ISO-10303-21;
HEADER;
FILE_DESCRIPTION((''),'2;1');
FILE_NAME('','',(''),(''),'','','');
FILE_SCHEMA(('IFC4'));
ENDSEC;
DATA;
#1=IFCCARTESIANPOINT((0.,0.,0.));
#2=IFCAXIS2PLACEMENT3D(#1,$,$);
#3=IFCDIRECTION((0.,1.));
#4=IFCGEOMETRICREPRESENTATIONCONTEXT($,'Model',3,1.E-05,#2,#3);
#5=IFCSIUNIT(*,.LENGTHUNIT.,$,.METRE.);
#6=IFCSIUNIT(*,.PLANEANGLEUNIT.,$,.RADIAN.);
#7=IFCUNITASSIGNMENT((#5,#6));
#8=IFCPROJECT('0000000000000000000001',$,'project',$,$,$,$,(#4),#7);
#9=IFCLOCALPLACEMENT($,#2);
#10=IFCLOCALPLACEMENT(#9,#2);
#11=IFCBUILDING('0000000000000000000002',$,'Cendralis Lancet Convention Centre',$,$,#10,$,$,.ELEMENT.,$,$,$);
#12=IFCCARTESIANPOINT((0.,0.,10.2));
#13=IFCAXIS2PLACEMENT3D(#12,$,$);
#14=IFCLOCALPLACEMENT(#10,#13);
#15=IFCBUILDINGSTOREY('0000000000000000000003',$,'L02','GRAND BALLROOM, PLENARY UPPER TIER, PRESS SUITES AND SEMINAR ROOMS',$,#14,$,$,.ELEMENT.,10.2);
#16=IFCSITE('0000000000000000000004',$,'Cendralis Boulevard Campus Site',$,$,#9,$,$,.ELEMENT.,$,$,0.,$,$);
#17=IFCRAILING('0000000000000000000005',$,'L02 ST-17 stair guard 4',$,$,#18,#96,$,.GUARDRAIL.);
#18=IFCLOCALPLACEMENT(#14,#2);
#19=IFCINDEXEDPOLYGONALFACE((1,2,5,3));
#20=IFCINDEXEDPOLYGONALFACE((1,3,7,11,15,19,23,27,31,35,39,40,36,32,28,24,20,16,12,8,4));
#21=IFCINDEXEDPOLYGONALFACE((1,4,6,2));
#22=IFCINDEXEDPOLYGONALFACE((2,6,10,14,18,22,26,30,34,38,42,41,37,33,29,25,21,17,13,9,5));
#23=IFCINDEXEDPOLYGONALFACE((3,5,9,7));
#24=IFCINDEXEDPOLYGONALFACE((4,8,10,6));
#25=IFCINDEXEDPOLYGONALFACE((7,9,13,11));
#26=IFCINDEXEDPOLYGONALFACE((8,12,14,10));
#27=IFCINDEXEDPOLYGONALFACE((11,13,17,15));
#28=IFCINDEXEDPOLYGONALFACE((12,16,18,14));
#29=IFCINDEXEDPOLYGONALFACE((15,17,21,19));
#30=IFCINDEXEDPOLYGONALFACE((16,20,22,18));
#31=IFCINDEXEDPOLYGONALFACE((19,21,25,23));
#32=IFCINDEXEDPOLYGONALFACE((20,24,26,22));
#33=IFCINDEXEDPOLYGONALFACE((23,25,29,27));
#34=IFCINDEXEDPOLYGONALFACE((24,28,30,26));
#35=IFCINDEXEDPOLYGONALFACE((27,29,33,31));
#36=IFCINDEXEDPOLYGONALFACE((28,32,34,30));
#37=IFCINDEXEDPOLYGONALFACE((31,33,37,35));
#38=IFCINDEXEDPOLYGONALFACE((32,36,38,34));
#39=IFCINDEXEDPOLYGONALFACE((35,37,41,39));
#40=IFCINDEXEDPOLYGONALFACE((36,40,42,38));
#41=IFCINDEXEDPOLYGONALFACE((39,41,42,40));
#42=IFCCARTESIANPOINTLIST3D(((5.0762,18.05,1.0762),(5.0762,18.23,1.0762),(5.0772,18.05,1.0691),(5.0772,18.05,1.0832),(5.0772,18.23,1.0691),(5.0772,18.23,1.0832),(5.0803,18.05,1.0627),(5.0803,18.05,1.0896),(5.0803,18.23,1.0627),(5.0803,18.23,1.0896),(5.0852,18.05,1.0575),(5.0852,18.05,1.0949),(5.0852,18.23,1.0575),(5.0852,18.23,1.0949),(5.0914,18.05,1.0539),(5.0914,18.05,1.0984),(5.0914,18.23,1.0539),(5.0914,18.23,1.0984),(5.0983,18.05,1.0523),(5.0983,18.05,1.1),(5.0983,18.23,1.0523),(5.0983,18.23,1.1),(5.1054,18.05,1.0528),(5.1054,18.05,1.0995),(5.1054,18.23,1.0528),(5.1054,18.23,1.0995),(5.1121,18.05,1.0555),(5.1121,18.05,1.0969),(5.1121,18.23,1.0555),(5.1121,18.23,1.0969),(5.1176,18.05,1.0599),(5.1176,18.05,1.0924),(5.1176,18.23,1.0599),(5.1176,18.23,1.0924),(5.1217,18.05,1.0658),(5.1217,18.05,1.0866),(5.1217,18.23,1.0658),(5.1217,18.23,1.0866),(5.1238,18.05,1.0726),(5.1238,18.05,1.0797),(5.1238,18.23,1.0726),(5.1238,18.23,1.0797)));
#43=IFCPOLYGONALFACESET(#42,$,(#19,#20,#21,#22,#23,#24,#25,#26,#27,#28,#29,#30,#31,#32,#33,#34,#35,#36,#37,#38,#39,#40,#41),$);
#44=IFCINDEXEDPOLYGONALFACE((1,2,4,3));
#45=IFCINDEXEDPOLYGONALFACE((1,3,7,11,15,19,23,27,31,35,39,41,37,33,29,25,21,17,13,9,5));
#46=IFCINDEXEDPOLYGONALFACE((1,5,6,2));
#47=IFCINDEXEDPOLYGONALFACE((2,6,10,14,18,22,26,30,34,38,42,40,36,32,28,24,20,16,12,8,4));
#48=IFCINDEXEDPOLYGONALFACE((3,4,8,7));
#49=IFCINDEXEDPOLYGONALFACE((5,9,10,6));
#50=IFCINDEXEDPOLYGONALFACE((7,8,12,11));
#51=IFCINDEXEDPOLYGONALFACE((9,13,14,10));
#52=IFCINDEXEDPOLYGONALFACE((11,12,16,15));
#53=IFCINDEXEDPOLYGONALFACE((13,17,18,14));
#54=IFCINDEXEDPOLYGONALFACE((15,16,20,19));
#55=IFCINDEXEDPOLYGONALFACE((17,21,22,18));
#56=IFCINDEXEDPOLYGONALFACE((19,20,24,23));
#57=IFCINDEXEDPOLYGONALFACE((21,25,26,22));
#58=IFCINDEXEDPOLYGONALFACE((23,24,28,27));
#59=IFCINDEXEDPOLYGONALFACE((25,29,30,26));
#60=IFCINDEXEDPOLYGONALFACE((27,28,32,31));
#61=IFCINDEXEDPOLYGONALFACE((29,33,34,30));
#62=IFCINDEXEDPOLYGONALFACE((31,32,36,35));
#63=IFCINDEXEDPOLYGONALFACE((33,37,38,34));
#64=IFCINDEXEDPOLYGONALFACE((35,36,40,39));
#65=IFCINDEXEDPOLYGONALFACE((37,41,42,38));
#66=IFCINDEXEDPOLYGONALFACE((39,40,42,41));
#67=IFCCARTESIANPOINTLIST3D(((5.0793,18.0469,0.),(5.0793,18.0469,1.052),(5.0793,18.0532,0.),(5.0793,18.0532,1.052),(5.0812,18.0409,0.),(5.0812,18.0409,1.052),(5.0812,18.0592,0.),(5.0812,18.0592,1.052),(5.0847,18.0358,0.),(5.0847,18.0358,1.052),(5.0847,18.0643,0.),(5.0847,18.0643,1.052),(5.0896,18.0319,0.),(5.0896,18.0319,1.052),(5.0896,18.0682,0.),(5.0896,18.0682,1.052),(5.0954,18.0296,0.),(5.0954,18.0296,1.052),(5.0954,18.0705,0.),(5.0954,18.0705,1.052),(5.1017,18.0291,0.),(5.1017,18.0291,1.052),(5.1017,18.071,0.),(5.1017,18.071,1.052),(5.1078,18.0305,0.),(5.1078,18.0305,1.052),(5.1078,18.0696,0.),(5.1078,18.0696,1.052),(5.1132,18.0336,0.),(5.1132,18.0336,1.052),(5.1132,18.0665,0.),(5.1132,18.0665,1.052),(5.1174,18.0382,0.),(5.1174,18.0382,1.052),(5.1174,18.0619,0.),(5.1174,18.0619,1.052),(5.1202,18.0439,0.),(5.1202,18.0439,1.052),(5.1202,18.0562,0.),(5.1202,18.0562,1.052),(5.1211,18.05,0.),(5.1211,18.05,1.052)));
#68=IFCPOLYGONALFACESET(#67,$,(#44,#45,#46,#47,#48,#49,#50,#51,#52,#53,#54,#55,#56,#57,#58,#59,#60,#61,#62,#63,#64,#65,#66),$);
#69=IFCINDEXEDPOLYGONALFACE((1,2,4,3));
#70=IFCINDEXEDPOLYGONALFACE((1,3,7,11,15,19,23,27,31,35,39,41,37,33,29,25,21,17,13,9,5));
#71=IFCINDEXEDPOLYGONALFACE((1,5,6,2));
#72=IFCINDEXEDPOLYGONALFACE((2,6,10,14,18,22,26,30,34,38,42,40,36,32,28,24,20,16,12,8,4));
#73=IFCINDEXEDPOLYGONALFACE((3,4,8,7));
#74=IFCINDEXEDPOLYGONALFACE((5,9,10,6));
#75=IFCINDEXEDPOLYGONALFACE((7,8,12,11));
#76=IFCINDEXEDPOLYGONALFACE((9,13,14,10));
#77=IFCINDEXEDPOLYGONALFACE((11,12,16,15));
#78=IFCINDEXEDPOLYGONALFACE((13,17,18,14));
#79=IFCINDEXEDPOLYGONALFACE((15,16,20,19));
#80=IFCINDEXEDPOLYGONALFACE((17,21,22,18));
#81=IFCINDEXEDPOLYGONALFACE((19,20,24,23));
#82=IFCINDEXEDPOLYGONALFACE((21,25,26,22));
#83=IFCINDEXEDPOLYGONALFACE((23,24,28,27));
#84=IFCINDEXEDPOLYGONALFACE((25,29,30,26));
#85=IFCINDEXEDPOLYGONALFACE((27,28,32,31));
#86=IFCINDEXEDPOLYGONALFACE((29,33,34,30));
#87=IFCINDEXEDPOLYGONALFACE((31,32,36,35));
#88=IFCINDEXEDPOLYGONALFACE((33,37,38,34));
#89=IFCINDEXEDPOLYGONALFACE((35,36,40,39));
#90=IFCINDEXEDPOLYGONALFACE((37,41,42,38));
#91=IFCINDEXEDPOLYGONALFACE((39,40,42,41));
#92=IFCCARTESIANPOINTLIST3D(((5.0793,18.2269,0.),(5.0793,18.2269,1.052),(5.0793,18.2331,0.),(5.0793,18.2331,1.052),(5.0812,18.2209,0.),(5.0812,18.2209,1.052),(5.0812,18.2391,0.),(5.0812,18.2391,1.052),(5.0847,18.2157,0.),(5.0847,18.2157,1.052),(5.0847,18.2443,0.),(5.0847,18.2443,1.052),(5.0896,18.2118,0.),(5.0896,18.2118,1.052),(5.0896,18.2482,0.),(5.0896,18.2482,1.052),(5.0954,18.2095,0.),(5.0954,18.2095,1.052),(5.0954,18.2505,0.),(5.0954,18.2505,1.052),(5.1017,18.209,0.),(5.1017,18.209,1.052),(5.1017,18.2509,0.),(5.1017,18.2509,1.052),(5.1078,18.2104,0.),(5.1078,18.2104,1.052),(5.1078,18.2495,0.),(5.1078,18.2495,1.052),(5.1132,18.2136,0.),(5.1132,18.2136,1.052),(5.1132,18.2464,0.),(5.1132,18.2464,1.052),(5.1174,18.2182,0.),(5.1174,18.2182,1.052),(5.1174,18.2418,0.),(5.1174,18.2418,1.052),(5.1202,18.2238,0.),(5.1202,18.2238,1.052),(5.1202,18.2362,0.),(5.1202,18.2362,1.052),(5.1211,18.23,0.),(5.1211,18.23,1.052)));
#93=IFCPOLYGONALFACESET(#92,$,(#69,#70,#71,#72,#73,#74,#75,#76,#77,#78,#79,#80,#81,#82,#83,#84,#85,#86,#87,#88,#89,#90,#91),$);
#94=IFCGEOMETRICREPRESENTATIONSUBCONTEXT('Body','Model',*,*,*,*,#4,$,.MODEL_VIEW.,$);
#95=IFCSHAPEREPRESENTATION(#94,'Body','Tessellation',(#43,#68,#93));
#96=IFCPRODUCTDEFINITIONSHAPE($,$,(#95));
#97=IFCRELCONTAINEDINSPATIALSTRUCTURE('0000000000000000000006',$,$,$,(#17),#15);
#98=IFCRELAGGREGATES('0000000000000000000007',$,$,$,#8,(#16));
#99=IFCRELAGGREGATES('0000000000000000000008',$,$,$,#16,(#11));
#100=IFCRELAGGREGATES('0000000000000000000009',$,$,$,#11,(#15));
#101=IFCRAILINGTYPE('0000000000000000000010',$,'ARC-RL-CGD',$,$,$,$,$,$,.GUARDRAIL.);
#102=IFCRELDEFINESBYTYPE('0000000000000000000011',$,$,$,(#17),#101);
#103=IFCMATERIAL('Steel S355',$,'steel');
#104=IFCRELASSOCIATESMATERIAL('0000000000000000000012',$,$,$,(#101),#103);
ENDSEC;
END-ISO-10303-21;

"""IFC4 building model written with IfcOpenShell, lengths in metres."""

from ifc_helpers import new_model, si_unit, direction, frame, origin, origin_2d, place, context, subcontext, project, spatial, circle, extrude, material, type_object, element, save


model = new_model("IFC4")

# Units and contexts
model_context = context("Model", 3, precision=1e-05, world=origin(), true_north=direction((0.0, 1.0)))
body_context = subcontext(model_context, "Body", "Model", "MODEL_VIEW")
ifc_project = project(units=[si_unit("LENGTHUNIT", "METRE"), si_unit("PLANEANGLEUNIT", "RADIAN")], contexts=[model_context])

# Site, building, storey
site_placement = place(None, origin())
site = spatial("IfcSite", under=ifc_project, at=site_placement, Name="Cendralis Boulevard Campus Site", CompositionType="ELEMENT", RefElevation=0.0)
building_placement = place(site_placement, origin())
building = spatial("IfcBuilding", under=site, at=building_placement, Name="Cendralis Lancet Convention Centre", CompositionType="ELEMENT")
storey_placement = place(building_placement, frame((0.0, 0.0, 10.2)))
storey = spatial("IfcBuildingStorey", under=building, at=storey_placement, Name="L02", Description="GRAND BALLROOM, PLENARY UPPER TIER, PRESS SUITES AND SEMINAR ROOMS", CompositionType="ELEMENT", Elevation=10.2)

# Shared definitions
ifc_material_1 = material(Name="Steel S355", Category="steel")

# Railing
railing_type_1 = type_object("IfcRailingType", Name="ARC-RL-CGD", PredefinedType="GUARDRAIL", material=ifc_material_1)
railing_1_placement = place(storey_placement, frame((5.1001, 18.05, 0.0)))
element("IfcRailing", 1, at=railing_1_placement, inside=storey, type_object=railing_type_1, Name="L02 ST-17 stair guard 4", PredefinedType="GUARDRAIL", context=body_context, shape_type="SweptSolid", body=[
    extrude(circle(Radius=0.0239, at=origin_2d()), frame((0.0, 0.0, 1.0762), z_axis=(0.0, 1.0, 0.0), x_axis=(-1.0, 0.0, 0.0)), (0.0, 0.0, 1.0), 0.1799),
    extrude(circle(Radius=0.021, at=origin_2d()), origin(), (0.0, 0.0, 1.0), 1.052),
    extrude(circle(Radius=0.021, at=origin_2d()), frame((0.0, 0.1799, 0.0)), (0.0, 0.0, 1.0), 1.052),
])

save(model, "model.ifc")
